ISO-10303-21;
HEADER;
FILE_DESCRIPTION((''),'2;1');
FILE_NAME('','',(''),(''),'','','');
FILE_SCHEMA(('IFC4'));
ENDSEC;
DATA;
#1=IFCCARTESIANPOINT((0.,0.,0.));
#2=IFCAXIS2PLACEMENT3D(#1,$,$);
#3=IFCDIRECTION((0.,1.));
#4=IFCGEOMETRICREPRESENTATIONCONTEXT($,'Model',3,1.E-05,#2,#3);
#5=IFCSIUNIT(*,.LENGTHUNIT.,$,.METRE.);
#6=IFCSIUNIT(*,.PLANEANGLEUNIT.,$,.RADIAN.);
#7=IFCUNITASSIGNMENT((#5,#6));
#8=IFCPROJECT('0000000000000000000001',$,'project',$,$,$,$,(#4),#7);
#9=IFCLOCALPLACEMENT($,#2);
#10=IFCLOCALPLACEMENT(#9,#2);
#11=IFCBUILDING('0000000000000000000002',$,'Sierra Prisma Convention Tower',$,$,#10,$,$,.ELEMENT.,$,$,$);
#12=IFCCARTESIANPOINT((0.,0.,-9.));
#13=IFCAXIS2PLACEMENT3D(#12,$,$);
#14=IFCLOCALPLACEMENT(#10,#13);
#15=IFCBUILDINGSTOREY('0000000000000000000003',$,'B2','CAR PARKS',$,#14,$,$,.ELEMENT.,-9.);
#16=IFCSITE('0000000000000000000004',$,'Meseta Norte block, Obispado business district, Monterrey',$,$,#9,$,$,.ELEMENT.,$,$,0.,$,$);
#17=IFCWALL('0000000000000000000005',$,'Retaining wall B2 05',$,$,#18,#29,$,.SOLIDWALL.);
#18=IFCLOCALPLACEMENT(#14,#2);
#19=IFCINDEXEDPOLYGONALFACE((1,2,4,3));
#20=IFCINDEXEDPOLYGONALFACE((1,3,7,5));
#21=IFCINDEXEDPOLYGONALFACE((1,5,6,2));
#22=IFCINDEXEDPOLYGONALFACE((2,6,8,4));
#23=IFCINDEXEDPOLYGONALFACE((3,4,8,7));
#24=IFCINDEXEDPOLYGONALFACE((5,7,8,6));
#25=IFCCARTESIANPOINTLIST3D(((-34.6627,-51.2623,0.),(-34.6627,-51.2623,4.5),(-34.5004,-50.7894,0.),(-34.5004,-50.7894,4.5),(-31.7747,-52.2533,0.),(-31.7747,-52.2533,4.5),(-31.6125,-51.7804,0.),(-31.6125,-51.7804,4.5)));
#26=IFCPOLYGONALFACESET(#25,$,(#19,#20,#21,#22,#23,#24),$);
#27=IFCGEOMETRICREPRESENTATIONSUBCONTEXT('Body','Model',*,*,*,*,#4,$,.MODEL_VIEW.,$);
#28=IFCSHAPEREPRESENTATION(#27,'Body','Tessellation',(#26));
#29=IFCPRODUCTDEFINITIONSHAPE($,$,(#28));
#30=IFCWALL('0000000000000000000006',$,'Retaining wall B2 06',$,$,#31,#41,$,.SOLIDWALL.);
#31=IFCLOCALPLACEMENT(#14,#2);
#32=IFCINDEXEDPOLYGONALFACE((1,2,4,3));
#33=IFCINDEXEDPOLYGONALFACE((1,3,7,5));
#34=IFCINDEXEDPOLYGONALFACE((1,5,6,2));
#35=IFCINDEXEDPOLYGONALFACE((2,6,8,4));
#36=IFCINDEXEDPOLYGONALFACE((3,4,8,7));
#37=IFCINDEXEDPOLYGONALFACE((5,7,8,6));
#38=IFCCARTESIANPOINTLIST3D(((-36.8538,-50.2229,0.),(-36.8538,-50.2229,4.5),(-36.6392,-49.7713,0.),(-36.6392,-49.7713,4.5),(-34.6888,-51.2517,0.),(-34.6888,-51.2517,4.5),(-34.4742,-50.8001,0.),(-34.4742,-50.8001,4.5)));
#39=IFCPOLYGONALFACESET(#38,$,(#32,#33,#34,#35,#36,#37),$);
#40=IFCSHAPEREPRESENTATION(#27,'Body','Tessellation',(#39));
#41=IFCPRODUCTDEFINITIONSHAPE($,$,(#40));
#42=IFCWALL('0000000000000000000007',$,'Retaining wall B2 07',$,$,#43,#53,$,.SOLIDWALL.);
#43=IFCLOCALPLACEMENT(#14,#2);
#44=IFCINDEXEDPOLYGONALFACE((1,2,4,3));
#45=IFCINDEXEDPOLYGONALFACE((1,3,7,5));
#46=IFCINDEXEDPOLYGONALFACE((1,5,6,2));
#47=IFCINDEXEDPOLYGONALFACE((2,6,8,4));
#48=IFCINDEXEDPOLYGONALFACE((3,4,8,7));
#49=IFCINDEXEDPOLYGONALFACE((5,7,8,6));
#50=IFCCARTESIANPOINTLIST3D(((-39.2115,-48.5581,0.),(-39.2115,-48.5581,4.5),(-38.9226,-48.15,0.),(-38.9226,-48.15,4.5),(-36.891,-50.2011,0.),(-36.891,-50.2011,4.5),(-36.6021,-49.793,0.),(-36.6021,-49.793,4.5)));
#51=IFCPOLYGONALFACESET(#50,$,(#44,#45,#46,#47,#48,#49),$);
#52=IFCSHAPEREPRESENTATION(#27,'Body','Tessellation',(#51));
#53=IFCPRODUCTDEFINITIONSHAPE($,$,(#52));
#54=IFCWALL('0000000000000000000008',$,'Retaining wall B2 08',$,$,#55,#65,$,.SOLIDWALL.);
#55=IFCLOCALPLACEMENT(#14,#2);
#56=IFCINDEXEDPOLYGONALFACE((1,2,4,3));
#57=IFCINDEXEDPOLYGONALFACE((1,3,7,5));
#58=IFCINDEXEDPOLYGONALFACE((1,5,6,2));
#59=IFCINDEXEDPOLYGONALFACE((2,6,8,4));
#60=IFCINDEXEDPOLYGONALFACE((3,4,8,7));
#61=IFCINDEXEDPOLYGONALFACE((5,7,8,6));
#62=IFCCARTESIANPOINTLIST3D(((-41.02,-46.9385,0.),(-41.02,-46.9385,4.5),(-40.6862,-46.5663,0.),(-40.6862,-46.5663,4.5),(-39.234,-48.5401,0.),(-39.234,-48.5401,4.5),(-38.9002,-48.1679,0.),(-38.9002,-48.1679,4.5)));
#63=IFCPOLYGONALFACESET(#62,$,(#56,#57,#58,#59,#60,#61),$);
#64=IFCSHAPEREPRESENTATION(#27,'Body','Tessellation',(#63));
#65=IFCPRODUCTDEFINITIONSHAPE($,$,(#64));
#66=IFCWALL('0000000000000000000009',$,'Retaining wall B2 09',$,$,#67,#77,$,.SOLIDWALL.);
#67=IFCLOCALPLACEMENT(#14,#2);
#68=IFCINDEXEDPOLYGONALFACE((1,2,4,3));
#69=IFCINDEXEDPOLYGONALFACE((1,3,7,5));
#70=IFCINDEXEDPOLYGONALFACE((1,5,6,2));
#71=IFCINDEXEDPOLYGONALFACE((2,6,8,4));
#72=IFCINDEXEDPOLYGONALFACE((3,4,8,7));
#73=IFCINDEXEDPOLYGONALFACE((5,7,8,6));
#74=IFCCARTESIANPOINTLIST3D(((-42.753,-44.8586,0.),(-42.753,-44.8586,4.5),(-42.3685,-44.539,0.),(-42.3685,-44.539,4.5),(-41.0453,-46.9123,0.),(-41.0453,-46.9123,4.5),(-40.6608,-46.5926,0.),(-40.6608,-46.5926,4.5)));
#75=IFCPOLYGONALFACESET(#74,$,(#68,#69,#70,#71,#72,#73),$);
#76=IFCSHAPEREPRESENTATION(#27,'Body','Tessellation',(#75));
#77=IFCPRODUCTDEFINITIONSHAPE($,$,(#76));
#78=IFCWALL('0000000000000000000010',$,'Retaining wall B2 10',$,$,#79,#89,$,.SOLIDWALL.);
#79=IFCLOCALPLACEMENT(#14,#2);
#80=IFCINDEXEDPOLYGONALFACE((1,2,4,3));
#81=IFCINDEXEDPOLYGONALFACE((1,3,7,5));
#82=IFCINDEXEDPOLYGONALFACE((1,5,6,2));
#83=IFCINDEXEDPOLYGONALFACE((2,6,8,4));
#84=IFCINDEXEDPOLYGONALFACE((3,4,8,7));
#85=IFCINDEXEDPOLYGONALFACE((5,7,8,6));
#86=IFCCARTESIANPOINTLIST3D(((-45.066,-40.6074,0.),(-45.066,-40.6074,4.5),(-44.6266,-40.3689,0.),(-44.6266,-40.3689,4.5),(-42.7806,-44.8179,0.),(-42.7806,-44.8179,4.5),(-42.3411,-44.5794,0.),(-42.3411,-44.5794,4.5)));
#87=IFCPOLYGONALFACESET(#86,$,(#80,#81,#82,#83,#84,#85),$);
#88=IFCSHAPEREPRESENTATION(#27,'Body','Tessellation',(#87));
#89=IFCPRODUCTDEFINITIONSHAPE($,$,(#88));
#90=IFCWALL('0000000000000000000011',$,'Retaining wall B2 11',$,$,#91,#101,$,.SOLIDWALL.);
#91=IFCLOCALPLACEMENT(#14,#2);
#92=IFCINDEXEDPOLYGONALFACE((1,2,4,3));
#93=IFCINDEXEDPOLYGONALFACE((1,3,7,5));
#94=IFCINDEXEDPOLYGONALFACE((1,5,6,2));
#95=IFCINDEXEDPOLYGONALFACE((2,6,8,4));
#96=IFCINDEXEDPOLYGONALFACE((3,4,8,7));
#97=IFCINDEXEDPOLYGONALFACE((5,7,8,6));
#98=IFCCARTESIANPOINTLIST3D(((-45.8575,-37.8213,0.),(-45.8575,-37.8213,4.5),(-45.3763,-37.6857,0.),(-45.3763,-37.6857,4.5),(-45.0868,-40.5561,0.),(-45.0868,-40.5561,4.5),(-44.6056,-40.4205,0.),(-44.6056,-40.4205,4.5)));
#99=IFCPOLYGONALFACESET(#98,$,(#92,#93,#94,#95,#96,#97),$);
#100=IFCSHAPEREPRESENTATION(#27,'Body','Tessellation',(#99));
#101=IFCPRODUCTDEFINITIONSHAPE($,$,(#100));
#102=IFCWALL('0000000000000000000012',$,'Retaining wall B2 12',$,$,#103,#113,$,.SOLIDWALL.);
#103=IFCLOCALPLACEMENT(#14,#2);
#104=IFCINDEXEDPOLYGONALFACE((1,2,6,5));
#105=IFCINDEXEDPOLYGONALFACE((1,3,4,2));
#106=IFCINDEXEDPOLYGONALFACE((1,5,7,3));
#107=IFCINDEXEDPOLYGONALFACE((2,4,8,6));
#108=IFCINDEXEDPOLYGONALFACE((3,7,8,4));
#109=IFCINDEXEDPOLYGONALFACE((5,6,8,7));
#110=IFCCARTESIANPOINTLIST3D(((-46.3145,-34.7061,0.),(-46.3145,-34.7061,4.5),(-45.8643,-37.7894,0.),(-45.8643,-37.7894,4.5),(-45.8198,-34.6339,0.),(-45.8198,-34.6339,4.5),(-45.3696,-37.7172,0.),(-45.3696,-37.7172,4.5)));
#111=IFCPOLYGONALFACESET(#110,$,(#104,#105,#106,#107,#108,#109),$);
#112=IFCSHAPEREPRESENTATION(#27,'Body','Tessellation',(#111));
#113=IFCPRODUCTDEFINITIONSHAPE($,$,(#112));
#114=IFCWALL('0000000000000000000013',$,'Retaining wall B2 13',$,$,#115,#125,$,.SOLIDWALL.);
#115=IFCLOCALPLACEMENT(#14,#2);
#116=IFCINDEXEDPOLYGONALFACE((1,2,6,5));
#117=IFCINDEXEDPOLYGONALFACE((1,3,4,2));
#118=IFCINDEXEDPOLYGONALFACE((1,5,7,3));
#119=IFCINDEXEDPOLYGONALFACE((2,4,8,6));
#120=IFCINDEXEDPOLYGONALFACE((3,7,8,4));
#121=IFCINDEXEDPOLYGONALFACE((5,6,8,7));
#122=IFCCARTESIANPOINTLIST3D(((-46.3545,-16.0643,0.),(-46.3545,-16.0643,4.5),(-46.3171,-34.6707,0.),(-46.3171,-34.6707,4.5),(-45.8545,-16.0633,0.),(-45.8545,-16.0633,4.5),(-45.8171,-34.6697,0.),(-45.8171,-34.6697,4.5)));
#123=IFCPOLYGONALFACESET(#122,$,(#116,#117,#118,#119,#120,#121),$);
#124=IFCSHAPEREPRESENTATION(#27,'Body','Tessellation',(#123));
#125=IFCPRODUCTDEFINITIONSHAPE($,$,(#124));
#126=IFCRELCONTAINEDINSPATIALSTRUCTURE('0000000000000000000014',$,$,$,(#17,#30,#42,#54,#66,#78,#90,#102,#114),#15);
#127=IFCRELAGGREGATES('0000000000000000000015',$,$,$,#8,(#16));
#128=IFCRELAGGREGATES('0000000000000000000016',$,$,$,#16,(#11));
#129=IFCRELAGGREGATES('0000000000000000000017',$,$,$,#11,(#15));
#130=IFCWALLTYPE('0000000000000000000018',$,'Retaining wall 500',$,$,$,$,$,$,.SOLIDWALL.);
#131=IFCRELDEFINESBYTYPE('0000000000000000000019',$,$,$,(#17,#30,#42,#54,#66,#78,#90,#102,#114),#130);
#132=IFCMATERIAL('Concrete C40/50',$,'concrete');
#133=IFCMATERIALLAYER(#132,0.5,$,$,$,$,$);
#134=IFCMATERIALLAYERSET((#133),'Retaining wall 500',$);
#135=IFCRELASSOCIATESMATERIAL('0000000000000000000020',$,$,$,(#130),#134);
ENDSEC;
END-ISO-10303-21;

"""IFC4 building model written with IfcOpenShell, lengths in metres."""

from ifc_helpers import new_model, si_unit, direction, frame, frame_2d, origin, place, context, subcontext, project, spatial, rectangle, extrude, material, layer, layer_set, type_object, element, save


model = new_model("IFC4")

# Units and contexts
model_context = context("Model", 3, precision=1e-05, world=origin(), true_north=direction((0.0, 1.0)))
body_context = subcontext(model_context, "Body", "Model", "MODEL_VIEW")
ifc_project = project(units=[si_unit("LENGTHUNIT", "METRE"), si_unit("PLANEANGLEUNIT", "RADIAN")], contexts=[model_context])

# Site, building, storey
site_placement = place(None, origin())
site = spatial("IfcSite", under=ifc_project, at=site_placement, Name="Meseta Norte block, Obispado business district, Monterrey", CompositionType="ELEMENT", RefElevation=0.0)
building_placement = place(site_placement, origin())
building = spatial("IfcBuilding", under=site, at=building_placement, Name="Sierra Prisma Convention Tower", CompositionType="ELEMENT")
storey_placement = place(building_placement, frame((0.0, 0.0, -9.0)))
storey = spatial("IfcBuildingStorey", under=building, at=storey_placement, Name="B2", Description="CAR PARKS", CompositionType="ELEMENT", Elevation=-9.0)

# Walls
ifc_material_1 = material(Name="Concrete C40/50", Category="concrete")
ifc_layer = layer(ifc_material_1, 0.5)
ifc_layer_set = layer_set([ifc_layer], Name="Retaining wall 500")
wall_type = type_object("IfcWallType", Name="Retaining wall 500", PredefinedType="SOLIDWALL", material=ifc_layer_set)
wall_1_placement = place(storey_placement, frame((-31.6936, -52.0168, 0.0), z_axis=(0.0, 0.0, 1.0), x_axis=(-0.945864, 0.324563, 0.0)))
element("IfcWall", 1, at=wall_1_placement, inside=storey, type_object=wall_type, Name="Retaining wall B2 05", PredefinedType="SOLIDWALL", context=body_context, shape_type="SweptSolid", body=[
    extrude(rectangle(XDim=3.0532, YDim=0.5, at=frame_2d((1.5266, 0.0))), origin(), (0.0, 0.0, 1.0), 4.5),
])
wall_2_placement = place(storey_placement, frame((-34.5815, -51.0259, 0.0), z_axis=(0.0, 0.0, 1.0), x_axis=(-0.90321, 0.429198, 0.0)))
element("IfcWall", 2, at=wall_2_placement, inside=storey, type_object=wall_type, Name="Retaining wall B2 06", PredefinedType="SOLIDWALL", context=body_context, shape_type="SweptSolid", body=[
    extrude(rectangle(XDim=2.397, YDim=0.5, at=frame_2d((1.1985, 0.0))), origin(), (0.0, 0.0, 1.0), 4.5),
])
wall_3_placement = place(storey_placement, frame((-36.7466, -49.9971, 0.0), z_axis=(0.0, 0.0, 1.0), x_axis=(-0.816134, 0.577862, 0.0)))
element("IfcWall", 3, at=wall_3_placement, inside=storey, type_object=wall_type, Name="Retaining wall B2 07", PredefinedType="SOLIDWALL", context=body_context, shape_type="SweptSolid", body=[
    extrude(rectangle(XDim=2.8433, YDim=0.5, at=frame_2d((1.4216, 0.0))), origin(), (0.0, 0.0, 1.0), 4.5),
])
wall_4_placement = place(storey_placement, frame((-39.0671, -48.354, 0.0), z_axis=(0.0, 0.0, 1.0), x_axis=(-0.744482, 0.667642, 0.0)))
element("IfcWall", 4, at=wall_4_placement, inside=storey, type_object=wall_type, Name="Retaining wall B2 08", PredefinedType="SOLIDWALL", context=body_context, shape_type="SweptSolid", body=[
    extrude(rectangle(XDim=2.3989, YDim=0.5, at=frame_2d((1.1995, 0.0))), origin(), (0.0, 0.0, 1.0), 4.5),
])
wall_5_placement = place(storey_placement, frame((-40.853, -46.7524, 0.0), z_axis=(0.0, 0.0, 1.0), x_axis=(-0.639375, 0.768895, 0.0)))
element("IfcWall", 5, at=wall_5_placement, inside=storey, type_object=wall_type, Name="Retaining wall B2 09", PredefinedType="SOLIDWALL", context=body_context, shape_type="SweptSolid", body=[
    extrude(rectangle(XDim=2.6709, YDim=0.5, at=frame_2d((1.3354, 0.0))), origin(), (0.0, 0.0, 1.0), 4.5),
])
wall_6_placement = place(storey_placement, frame((-42.5608, -44.6987, 0.0), z_axis=(0.0, 0.0, 1.0), x_axis=(-0.477048, 0.878877, 0.0)))
element("IfcWall", 6, at=wall_6_placement, inside=storey, type_object=wall_type, Name="Retaining wall B2 10", PredefinedType="SOLIDWALL", context=body_context, shape_type="SweptSolid", body=[
    extrude(rectangle(XDim=4.7908, YDim=0.5, at=frame_2d((2.3955, 0.0))), origin(), (0.0, 0.0, 1.0), 4.5),
])
wall_7_placement = place(storey_placement, frame((-44.8462, -40.4883, 0.0), z_axis=(0.0, 0.0, 1.0), x_axis=(-0.271258, 0.962507, 0.0)))
element("IfcWall", 7, at=wall_7_placement, inside=storey, type_object=wall_type, Name="Retaining wall B2 11", PredefinedType="SOLIDWALL", context=body_context, shape_type="SweptSolid", body=[
    extrude(rectangle(XDim=2.8413, YDim=0.5, at=frame_2d((1.4207, 0.0))), origin(), (0.0, 0.0, 1.0), 4.5),
])
wall_8_placement = place(storey_placement, frame((-45.6169, -37.7534, 0.0), z_axis=(0.0, 0.0, 1.0), x_axis=(-0.144481, 0.989508, 0.0)))
element("IfcWall", 8, at=wall_8_placement, inside=storey, type_object=wall_type, Name="Retaining wall B2 12", PredefinedType="SOLIDWALL", context=body_context, shape_type="SweptSolid", body=[
    extrude(rectangle(XDim=3.116, YDim=0.5, at=frame_2d((1.5581, 0.0))), origin(), (0.0, 0.0, 1.0), 4.5),
])
wall_9_placement = place(storey_placement, frame((-46.0671, -34.6702, 0.0), z_axis=(0.0, 0.0, 1.0), x_axis=(-0.002008, 0.999998, 0.0)))
element("IfcWall", 9, at=wall_9_placement, inside=storey, type_object=wall_type, Name="Retaining wall B2 13", PredefinedType="SOLIDWALL", context=body_context, shape_type="SweptSolid", body=[
    extrude(rectangle(XDim=18.6064, YDim=0.5, at=frame_2d((9.3032, 0.0))), origin(), (0.0, 0.0, 1.0), 4.5),
])

save(model, "model.ifc")
